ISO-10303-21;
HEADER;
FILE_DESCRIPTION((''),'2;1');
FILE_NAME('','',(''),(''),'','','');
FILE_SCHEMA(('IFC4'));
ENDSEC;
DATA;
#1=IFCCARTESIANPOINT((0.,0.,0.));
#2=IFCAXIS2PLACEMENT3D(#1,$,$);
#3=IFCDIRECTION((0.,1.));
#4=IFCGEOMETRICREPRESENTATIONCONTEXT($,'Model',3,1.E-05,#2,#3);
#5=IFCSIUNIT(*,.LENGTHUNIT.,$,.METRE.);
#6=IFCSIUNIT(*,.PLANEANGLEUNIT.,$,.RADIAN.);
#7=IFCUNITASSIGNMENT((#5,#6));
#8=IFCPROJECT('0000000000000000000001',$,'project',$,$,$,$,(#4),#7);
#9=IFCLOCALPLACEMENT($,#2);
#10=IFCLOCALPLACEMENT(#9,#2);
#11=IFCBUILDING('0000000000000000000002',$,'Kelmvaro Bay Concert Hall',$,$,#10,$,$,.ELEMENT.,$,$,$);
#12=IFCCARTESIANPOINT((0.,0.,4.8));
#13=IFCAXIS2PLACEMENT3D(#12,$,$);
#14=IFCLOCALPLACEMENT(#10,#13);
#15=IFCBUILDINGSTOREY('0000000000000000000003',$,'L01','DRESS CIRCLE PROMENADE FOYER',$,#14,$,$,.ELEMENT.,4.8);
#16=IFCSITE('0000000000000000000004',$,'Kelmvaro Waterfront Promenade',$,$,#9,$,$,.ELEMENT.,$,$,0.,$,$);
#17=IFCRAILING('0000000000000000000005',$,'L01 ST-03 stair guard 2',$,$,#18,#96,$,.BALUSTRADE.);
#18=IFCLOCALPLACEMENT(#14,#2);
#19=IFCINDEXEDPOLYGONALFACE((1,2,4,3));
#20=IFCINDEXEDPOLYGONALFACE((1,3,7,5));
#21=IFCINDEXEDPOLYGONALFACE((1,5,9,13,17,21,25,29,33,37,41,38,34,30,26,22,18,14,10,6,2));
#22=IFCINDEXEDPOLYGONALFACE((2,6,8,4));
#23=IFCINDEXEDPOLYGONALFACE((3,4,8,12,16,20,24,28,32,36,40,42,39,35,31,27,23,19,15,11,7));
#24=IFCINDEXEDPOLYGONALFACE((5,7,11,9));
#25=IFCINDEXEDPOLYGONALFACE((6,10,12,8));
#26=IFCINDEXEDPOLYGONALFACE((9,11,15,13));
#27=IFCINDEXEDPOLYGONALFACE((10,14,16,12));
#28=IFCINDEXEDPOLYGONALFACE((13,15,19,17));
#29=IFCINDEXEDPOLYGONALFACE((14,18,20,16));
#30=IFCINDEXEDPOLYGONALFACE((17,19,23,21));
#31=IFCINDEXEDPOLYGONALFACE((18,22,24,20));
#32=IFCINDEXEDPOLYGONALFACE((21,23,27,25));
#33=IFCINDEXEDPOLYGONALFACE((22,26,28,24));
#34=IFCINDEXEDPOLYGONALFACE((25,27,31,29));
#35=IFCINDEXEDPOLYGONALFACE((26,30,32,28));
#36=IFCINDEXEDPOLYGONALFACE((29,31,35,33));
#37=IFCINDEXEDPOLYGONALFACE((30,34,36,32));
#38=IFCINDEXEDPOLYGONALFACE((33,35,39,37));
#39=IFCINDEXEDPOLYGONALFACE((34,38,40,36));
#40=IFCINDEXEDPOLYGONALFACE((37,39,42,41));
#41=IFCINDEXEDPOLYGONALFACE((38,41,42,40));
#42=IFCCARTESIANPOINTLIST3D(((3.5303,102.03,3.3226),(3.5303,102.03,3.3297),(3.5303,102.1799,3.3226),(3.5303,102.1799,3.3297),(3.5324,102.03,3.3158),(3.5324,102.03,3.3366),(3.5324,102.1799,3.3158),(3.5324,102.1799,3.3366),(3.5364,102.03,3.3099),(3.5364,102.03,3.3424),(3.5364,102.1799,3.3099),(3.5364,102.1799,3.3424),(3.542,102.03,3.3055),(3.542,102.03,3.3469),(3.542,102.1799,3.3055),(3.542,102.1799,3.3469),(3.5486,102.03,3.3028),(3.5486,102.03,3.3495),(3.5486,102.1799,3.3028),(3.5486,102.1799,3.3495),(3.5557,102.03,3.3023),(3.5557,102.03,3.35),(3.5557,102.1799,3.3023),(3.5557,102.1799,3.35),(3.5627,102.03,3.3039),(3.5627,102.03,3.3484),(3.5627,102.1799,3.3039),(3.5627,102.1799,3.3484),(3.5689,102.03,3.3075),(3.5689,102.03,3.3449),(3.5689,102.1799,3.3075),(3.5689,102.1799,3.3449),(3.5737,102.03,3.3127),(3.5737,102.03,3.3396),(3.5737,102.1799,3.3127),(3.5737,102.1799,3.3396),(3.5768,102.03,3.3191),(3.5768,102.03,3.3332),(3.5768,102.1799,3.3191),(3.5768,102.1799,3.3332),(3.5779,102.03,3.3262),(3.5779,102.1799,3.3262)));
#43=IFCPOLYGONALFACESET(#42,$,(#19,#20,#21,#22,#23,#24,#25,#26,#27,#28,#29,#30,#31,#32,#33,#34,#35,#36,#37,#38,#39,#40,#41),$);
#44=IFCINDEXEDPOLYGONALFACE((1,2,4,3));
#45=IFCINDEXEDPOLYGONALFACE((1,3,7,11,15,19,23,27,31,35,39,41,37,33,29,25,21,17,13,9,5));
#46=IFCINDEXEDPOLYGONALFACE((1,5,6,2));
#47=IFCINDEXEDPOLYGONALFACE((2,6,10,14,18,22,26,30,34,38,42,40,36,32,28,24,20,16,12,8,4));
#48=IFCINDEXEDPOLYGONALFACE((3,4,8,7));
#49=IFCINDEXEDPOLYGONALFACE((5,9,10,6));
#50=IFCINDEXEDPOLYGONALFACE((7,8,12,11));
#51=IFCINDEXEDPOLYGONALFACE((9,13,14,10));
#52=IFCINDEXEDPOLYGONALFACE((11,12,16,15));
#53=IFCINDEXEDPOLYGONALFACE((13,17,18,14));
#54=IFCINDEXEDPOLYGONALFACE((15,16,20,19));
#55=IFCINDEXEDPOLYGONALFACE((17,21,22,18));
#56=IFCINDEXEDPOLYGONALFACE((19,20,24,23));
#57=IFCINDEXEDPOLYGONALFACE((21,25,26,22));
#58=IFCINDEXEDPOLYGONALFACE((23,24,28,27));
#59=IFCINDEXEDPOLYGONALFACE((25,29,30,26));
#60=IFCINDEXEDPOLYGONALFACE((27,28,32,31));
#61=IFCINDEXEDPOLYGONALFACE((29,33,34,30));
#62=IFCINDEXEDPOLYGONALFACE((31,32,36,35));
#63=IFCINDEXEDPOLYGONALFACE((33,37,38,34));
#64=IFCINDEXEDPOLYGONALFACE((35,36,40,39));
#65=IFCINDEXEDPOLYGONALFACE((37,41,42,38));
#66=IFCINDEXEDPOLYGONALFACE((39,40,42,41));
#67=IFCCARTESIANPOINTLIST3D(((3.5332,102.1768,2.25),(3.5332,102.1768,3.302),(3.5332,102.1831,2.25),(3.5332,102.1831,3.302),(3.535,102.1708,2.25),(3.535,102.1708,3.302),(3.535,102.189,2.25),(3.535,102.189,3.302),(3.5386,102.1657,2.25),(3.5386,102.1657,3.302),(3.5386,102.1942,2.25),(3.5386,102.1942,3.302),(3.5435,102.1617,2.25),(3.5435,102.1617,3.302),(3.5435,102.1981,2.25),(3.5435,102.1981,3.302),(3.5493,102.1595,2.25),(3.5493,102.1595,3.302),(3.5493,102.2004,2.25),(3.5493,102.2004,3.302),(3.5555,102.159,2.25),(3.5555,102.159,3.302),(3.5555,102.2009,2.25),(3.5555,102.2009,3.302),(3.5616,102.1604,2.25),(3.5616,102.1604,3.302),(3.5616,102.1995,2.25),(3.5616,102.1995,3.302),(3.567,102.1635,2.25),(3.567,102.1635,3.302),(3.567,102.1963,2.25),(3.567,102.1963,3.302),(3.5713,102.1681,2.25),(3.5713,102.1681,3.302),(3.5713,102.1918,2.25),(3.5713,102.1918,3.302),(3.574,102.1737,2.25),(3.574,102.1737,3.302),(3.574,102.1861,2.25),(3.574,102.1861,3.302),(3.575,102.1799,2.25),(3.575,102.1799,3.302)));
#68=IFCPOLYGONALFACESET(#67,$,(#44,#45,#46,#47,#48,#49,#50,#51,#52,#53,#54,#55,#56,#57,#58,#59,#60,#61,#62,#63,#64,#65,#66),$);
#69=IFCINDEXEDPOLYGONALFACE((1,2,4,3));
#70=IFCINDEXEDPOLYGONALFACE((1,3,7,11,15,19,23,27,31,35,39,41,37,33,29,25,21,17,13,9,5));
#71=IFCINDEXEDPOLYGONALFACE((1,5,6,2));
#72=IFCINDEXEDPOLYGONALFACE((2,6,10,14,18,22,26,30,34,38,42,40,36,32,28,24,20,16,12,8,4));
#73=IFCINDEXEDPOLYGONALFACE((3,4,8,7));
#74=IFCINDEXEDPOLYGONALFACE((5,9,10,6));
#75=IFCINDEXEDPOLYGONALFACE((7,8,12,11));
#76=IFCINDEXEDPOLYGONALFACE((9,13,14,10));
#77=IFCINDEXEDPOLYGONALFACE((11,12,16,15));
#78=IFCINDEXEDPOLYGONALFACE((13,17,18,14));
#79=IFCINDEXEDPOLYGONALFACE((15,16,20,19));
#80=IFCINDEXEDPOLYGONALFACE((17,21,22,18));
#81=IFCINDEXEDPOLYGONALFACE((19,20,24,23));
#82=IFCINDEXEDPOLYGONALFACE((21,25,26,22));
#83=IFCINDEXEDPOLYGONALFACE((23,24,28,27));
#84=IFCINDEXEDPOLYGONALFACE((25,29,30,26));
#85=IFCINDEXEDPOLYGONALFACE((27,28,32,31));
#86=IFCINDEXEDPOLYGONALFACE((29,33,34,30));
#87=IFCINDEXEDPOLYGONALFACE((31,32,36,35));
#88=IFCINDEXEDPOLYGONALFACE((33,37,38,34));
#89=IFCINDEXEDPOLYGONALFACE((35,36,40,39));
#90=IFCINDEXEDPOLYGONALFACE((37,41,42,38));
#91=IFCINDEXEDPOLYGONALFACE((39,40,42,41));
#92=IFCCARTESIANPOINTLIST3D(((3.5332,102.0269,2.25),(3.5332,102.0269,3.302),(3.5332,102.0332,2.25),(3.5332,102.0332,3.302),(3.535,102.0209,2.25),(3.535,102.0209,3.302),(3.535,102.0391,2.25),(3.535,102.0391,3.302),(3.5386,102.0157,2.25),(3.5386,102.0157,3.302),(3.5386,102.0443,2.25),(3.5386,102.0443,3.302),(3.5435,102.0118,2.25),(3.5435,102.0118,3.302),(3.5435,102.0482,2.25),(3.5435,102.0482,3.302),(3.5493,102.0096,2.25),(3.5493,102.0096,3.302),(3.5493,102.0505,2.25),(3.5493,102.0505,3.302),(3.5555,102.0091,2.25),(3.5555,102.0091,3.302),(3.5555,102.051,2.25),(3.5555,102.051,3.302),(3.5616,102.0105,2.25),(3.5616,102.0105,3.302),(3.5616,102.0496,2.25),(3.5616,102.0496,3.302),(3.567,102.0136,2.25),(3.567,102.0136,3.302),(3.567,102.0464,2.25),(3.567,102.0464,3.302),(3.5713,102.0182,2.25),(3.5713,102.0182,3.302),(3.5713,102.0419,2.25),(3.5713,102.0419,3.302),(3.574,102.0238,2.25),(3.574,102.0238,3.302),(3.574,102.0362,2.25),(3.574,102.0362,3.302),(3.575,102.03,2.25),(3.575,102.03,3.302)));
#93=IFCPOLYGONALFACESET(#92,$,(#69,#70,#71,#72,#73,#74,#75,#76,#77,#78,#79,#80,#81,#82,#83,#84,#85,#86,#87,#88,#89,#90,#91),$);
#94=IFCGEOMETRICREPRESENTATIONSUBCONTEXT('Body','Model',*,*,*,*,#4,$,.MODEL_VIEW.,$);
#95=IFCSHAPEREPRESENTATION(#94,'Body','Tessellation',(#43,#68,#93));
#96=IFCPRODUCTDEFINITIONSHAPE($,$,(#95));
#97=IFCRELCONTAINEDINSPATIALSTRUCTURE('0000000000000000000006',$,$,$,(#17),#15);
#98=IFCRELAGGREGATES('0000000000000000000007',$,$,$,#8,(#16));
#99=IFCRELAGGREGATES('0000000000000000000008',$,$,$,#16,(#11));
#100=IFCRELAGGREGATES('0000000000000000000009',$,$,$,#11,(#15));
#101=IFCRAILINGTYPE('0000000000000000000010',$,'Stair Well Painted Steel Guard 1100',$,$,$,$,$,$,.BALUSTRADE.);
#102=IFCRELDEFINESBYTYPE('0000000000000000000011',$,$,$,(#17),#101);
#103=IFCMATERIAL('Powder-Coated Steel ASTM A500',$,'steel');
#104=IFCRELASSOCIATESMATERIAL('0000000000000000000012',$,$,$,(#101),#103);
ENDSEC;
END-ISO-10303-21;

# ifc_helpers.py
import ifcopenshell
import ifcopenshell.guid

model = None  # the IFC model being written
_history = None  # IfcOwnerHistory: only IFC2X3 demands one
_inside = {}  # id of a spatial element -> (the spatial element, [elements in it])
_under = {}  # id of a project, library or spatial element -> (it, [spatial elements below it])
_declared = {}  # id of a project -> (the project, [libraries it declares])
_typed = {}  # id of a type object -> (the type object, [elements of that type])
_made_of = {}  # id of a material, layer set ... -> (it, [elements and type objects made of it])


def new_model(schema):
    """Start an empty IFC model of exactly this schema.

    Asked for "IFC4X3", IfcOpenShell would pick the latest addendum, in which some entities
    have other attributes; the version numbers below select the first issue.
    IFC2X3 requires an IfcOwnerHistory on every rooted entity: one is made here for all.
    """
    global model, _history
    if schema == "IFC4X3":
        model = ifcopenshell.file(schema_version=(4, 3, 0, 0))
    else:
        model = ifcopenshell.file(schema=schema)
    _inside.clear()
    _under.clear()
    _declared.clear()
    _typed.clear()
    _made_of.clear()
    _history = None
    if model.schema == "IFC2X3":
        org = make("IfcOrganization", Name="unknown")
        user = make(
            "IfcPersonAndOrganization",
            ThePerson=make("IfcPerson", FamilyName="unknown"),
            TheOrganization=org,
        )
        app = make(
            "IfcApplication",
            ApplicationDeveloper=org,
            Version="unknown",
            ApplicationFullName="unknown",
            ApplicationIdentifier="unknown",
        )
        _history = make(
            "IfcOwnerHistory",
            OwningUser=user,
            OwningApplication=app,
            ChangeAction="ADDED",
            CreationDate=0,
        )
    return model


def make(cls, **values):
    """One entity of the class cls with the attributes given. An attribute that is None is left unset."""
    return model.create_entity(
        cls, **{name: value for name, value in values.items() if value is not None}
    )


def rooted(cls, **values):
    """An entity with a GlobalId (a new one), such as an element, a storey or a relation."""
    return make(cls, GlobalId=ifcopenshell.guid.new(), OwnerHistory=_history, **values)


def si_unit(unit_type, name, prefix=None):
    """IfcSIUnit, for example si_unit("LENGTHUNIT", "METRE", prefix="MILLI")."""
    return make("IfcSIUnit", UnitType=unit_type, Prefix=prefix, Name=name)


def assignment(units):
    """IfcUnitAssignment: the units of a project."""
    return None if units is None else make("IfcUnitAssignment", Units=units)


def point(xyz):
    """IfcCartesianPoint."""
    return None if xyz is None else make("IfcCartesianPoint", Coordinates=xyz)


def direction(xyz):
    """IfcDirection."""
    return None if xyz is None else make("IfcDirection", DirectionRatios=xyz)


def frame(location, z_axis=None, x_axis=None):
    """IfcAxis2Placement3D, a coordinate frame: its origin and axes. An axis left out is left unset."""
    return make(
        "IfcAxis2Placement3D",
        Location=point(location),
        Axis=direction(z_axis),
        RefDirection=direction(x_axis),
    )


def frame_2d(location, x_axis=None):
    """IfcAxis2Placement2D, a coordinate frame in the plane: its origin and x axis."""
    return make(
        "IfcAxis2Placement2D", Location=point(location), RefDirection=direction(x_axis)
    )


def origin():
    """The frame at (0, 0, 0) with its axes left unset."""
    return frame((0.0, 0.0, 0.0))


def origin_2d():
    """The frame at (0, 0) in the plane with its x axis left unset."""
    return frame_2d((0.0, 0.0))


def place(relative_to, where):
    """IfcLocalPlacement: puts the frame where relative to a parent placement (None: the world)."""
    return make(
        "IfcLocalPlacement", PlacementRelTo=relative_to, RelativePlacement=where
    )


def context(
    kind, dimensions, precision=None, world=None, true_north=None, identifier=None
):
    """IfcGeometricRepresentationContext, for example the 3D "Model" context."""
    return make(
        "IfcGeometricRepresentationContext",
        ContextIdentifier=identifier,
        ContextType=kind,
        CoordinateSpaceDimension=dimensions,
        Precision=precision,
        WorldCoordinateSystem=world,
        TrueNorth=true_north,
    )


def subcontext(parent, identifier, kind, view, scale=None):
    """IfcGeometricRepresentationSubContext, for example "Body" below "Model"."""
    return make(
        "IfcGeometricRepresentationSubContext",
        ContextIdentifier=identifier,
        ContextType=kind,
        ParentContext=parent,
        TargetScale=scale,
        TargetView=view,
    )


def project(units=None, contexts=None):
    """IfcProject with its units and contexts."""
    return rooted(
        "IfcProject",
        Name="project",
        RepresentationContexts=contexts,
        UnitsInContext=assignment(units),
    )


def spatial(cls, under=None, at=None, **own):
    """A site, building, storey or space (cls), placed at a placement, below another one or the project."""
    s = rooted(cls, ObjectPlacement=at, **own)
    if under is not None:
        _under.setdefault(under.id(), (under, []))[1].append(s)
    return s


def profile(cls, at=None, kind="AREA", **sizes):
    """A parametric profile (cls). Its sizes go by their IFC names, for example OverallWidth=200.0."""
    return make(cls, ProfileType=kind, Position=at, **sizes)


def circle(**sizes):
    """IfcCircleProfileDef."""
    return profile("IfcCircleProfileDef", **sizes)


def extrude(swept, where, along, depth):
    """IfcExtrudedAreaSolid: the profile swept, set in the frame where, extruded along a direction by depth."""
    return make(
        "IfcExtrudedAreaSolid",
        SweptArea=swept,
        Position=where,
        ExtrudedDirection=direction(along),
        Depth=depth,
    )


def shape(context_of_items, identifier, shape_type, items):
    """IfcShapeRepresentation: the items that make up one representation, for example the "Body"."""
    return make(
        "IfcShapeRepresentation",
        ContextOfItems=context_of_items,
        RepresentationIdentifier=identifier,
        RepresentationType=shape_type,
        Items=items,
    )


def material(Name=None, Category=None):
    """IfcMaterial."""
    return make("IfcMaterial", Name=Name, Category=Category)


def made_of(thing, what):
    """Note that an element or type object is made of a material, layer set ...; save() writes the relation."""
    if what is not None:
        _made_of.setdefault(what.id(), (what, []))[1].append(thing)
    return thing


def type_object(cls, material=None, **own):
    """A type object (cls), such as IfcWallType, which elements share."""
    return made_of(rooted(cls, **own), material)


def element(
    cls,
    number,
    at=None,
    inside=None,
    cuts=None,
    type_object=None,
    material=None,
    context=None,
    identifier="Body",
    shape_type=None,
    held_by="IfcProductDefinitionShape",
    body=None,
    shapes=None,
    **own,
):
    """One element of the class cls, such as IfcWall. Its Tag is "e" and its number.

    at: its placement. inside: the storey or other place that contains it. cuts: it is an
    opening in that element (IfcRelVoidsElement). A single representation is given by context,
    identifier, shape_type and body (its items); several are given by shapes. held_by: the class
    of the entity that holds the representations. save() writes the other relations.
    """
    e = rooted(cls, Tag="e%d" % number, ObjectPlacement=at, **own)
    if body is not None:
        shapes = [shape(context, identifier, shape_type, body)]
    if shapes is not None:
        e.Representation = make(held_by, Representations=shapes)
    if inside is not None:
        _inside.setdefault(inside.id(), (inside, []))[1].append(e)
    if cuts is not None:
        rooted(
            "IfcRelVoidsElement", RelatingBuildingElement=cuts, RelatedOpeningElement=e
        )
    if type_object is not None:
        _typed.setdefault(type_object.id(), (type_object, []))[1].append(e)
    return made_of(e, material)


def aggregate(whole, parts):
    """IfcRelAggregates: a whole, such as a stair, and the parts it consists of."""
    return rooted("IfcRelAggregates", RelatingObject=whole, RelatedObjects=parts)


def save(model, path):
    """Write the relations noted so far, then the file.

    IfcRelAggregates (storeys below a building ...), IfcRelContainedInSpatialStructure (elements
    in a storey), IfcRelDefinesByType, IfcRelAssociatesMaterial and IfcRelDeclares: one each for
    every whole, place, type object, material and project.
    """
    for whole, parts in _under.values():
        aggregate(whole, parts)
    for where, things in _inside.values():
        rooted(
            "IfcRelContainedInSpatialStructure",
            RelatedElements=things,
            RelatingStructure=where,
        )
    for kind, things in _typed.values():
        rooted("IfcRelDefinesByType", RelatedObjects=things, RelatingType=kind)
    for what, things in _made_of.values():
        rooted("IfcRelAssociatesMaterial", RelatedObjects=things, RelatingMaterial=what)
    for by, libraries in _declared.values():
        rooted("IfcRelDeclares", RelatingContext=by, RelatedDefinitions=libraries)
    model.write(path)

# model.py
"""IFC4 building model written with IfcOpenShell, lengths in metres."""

from ifc_helpers import new_model, si_unit, direction, frame, origin, origin_2d, place, context, subcontext, project, spatial, circle, extrude, material, type_object, element, save


model = new_model("IFC4")

# Units and contexts
model_context = context("Model", 3, precision=1e-05, world=origin(), true_north=direction((0.0, 1.0)))
body_context = subcontext(model_context, "Body", "Model", "MODEL_VIEW")
ifc_project = project(units=[si_unit("LENGTHUNIT", "METRE"), si_unit("PLANEANGLEUNIT", "RADIAN")], contexts=[model_context])

# Site, building, storey
site_placement = place(None, origin())
site = spatial("IfcSite", under=ifc_project, at=site_placement, Name="Kelmvaro Waterfront Promenade", CompositionType="ELEMENT", RefElevation=0.0)
building_placement = place(site_placement, origin())
building = spatial("IfcBuilding", under=site, at=building_placement, Name="Kelmvaro Bay Concert Hall", CompositionType="ELEMENT")
storey_placement = place(building_placement, frame((0.0, 0.0, 4.8)))
storey = spatial("IfcBuildingStorey", under=building, at=storey_placement, Name="L01", Description="DRESS CIRCLE PROMENADE FOYER", CompositionType="ELEMENT", Elevation=4.8)

# Railing
ifc_material_1 = material(Name="Powder-Coated Steel ASTM A500", Category="steel")
railing_type_1 = type_object("IfcRailingType", Name="Stair Well Painted Steel Guard 1100", PredefinedType="BALUSTRADE", material=ifc_material_1)
railing_1_placement = place(storey_placement, frame((3.554, 102.1799, 2.25)))
element("IfcRailing", 1, at=railing_1_placement, inside=storey, type_object=railing_type_1, Name="L01 ST-03 stair guard 2", PredefinedType="BALUSTRADE", context=body_context, shape_type="SweptSolid", body=[
    extrude(circle(Radius=0.0239, at=origin_2d()), frame((0.0, 0.0, 1.0762), z_axis=(0.0, -1.0, 0.0), x_axis=(1.0, 0.0, 0.0)), (0.0, 0.0, 1.0), 0.1499),
    extrude(circle(Radius=0.021, at=origin_2d()), origin(), (0.0, 0.0, 1.0), 1.052),
    extrude(circle(Radius=0.021, at=origin_2d()), frame((0.0, -0.1499, 0.0)), (0.0, 0.0, 1.0), 1.052),
])

save(model, "model.ifc")
